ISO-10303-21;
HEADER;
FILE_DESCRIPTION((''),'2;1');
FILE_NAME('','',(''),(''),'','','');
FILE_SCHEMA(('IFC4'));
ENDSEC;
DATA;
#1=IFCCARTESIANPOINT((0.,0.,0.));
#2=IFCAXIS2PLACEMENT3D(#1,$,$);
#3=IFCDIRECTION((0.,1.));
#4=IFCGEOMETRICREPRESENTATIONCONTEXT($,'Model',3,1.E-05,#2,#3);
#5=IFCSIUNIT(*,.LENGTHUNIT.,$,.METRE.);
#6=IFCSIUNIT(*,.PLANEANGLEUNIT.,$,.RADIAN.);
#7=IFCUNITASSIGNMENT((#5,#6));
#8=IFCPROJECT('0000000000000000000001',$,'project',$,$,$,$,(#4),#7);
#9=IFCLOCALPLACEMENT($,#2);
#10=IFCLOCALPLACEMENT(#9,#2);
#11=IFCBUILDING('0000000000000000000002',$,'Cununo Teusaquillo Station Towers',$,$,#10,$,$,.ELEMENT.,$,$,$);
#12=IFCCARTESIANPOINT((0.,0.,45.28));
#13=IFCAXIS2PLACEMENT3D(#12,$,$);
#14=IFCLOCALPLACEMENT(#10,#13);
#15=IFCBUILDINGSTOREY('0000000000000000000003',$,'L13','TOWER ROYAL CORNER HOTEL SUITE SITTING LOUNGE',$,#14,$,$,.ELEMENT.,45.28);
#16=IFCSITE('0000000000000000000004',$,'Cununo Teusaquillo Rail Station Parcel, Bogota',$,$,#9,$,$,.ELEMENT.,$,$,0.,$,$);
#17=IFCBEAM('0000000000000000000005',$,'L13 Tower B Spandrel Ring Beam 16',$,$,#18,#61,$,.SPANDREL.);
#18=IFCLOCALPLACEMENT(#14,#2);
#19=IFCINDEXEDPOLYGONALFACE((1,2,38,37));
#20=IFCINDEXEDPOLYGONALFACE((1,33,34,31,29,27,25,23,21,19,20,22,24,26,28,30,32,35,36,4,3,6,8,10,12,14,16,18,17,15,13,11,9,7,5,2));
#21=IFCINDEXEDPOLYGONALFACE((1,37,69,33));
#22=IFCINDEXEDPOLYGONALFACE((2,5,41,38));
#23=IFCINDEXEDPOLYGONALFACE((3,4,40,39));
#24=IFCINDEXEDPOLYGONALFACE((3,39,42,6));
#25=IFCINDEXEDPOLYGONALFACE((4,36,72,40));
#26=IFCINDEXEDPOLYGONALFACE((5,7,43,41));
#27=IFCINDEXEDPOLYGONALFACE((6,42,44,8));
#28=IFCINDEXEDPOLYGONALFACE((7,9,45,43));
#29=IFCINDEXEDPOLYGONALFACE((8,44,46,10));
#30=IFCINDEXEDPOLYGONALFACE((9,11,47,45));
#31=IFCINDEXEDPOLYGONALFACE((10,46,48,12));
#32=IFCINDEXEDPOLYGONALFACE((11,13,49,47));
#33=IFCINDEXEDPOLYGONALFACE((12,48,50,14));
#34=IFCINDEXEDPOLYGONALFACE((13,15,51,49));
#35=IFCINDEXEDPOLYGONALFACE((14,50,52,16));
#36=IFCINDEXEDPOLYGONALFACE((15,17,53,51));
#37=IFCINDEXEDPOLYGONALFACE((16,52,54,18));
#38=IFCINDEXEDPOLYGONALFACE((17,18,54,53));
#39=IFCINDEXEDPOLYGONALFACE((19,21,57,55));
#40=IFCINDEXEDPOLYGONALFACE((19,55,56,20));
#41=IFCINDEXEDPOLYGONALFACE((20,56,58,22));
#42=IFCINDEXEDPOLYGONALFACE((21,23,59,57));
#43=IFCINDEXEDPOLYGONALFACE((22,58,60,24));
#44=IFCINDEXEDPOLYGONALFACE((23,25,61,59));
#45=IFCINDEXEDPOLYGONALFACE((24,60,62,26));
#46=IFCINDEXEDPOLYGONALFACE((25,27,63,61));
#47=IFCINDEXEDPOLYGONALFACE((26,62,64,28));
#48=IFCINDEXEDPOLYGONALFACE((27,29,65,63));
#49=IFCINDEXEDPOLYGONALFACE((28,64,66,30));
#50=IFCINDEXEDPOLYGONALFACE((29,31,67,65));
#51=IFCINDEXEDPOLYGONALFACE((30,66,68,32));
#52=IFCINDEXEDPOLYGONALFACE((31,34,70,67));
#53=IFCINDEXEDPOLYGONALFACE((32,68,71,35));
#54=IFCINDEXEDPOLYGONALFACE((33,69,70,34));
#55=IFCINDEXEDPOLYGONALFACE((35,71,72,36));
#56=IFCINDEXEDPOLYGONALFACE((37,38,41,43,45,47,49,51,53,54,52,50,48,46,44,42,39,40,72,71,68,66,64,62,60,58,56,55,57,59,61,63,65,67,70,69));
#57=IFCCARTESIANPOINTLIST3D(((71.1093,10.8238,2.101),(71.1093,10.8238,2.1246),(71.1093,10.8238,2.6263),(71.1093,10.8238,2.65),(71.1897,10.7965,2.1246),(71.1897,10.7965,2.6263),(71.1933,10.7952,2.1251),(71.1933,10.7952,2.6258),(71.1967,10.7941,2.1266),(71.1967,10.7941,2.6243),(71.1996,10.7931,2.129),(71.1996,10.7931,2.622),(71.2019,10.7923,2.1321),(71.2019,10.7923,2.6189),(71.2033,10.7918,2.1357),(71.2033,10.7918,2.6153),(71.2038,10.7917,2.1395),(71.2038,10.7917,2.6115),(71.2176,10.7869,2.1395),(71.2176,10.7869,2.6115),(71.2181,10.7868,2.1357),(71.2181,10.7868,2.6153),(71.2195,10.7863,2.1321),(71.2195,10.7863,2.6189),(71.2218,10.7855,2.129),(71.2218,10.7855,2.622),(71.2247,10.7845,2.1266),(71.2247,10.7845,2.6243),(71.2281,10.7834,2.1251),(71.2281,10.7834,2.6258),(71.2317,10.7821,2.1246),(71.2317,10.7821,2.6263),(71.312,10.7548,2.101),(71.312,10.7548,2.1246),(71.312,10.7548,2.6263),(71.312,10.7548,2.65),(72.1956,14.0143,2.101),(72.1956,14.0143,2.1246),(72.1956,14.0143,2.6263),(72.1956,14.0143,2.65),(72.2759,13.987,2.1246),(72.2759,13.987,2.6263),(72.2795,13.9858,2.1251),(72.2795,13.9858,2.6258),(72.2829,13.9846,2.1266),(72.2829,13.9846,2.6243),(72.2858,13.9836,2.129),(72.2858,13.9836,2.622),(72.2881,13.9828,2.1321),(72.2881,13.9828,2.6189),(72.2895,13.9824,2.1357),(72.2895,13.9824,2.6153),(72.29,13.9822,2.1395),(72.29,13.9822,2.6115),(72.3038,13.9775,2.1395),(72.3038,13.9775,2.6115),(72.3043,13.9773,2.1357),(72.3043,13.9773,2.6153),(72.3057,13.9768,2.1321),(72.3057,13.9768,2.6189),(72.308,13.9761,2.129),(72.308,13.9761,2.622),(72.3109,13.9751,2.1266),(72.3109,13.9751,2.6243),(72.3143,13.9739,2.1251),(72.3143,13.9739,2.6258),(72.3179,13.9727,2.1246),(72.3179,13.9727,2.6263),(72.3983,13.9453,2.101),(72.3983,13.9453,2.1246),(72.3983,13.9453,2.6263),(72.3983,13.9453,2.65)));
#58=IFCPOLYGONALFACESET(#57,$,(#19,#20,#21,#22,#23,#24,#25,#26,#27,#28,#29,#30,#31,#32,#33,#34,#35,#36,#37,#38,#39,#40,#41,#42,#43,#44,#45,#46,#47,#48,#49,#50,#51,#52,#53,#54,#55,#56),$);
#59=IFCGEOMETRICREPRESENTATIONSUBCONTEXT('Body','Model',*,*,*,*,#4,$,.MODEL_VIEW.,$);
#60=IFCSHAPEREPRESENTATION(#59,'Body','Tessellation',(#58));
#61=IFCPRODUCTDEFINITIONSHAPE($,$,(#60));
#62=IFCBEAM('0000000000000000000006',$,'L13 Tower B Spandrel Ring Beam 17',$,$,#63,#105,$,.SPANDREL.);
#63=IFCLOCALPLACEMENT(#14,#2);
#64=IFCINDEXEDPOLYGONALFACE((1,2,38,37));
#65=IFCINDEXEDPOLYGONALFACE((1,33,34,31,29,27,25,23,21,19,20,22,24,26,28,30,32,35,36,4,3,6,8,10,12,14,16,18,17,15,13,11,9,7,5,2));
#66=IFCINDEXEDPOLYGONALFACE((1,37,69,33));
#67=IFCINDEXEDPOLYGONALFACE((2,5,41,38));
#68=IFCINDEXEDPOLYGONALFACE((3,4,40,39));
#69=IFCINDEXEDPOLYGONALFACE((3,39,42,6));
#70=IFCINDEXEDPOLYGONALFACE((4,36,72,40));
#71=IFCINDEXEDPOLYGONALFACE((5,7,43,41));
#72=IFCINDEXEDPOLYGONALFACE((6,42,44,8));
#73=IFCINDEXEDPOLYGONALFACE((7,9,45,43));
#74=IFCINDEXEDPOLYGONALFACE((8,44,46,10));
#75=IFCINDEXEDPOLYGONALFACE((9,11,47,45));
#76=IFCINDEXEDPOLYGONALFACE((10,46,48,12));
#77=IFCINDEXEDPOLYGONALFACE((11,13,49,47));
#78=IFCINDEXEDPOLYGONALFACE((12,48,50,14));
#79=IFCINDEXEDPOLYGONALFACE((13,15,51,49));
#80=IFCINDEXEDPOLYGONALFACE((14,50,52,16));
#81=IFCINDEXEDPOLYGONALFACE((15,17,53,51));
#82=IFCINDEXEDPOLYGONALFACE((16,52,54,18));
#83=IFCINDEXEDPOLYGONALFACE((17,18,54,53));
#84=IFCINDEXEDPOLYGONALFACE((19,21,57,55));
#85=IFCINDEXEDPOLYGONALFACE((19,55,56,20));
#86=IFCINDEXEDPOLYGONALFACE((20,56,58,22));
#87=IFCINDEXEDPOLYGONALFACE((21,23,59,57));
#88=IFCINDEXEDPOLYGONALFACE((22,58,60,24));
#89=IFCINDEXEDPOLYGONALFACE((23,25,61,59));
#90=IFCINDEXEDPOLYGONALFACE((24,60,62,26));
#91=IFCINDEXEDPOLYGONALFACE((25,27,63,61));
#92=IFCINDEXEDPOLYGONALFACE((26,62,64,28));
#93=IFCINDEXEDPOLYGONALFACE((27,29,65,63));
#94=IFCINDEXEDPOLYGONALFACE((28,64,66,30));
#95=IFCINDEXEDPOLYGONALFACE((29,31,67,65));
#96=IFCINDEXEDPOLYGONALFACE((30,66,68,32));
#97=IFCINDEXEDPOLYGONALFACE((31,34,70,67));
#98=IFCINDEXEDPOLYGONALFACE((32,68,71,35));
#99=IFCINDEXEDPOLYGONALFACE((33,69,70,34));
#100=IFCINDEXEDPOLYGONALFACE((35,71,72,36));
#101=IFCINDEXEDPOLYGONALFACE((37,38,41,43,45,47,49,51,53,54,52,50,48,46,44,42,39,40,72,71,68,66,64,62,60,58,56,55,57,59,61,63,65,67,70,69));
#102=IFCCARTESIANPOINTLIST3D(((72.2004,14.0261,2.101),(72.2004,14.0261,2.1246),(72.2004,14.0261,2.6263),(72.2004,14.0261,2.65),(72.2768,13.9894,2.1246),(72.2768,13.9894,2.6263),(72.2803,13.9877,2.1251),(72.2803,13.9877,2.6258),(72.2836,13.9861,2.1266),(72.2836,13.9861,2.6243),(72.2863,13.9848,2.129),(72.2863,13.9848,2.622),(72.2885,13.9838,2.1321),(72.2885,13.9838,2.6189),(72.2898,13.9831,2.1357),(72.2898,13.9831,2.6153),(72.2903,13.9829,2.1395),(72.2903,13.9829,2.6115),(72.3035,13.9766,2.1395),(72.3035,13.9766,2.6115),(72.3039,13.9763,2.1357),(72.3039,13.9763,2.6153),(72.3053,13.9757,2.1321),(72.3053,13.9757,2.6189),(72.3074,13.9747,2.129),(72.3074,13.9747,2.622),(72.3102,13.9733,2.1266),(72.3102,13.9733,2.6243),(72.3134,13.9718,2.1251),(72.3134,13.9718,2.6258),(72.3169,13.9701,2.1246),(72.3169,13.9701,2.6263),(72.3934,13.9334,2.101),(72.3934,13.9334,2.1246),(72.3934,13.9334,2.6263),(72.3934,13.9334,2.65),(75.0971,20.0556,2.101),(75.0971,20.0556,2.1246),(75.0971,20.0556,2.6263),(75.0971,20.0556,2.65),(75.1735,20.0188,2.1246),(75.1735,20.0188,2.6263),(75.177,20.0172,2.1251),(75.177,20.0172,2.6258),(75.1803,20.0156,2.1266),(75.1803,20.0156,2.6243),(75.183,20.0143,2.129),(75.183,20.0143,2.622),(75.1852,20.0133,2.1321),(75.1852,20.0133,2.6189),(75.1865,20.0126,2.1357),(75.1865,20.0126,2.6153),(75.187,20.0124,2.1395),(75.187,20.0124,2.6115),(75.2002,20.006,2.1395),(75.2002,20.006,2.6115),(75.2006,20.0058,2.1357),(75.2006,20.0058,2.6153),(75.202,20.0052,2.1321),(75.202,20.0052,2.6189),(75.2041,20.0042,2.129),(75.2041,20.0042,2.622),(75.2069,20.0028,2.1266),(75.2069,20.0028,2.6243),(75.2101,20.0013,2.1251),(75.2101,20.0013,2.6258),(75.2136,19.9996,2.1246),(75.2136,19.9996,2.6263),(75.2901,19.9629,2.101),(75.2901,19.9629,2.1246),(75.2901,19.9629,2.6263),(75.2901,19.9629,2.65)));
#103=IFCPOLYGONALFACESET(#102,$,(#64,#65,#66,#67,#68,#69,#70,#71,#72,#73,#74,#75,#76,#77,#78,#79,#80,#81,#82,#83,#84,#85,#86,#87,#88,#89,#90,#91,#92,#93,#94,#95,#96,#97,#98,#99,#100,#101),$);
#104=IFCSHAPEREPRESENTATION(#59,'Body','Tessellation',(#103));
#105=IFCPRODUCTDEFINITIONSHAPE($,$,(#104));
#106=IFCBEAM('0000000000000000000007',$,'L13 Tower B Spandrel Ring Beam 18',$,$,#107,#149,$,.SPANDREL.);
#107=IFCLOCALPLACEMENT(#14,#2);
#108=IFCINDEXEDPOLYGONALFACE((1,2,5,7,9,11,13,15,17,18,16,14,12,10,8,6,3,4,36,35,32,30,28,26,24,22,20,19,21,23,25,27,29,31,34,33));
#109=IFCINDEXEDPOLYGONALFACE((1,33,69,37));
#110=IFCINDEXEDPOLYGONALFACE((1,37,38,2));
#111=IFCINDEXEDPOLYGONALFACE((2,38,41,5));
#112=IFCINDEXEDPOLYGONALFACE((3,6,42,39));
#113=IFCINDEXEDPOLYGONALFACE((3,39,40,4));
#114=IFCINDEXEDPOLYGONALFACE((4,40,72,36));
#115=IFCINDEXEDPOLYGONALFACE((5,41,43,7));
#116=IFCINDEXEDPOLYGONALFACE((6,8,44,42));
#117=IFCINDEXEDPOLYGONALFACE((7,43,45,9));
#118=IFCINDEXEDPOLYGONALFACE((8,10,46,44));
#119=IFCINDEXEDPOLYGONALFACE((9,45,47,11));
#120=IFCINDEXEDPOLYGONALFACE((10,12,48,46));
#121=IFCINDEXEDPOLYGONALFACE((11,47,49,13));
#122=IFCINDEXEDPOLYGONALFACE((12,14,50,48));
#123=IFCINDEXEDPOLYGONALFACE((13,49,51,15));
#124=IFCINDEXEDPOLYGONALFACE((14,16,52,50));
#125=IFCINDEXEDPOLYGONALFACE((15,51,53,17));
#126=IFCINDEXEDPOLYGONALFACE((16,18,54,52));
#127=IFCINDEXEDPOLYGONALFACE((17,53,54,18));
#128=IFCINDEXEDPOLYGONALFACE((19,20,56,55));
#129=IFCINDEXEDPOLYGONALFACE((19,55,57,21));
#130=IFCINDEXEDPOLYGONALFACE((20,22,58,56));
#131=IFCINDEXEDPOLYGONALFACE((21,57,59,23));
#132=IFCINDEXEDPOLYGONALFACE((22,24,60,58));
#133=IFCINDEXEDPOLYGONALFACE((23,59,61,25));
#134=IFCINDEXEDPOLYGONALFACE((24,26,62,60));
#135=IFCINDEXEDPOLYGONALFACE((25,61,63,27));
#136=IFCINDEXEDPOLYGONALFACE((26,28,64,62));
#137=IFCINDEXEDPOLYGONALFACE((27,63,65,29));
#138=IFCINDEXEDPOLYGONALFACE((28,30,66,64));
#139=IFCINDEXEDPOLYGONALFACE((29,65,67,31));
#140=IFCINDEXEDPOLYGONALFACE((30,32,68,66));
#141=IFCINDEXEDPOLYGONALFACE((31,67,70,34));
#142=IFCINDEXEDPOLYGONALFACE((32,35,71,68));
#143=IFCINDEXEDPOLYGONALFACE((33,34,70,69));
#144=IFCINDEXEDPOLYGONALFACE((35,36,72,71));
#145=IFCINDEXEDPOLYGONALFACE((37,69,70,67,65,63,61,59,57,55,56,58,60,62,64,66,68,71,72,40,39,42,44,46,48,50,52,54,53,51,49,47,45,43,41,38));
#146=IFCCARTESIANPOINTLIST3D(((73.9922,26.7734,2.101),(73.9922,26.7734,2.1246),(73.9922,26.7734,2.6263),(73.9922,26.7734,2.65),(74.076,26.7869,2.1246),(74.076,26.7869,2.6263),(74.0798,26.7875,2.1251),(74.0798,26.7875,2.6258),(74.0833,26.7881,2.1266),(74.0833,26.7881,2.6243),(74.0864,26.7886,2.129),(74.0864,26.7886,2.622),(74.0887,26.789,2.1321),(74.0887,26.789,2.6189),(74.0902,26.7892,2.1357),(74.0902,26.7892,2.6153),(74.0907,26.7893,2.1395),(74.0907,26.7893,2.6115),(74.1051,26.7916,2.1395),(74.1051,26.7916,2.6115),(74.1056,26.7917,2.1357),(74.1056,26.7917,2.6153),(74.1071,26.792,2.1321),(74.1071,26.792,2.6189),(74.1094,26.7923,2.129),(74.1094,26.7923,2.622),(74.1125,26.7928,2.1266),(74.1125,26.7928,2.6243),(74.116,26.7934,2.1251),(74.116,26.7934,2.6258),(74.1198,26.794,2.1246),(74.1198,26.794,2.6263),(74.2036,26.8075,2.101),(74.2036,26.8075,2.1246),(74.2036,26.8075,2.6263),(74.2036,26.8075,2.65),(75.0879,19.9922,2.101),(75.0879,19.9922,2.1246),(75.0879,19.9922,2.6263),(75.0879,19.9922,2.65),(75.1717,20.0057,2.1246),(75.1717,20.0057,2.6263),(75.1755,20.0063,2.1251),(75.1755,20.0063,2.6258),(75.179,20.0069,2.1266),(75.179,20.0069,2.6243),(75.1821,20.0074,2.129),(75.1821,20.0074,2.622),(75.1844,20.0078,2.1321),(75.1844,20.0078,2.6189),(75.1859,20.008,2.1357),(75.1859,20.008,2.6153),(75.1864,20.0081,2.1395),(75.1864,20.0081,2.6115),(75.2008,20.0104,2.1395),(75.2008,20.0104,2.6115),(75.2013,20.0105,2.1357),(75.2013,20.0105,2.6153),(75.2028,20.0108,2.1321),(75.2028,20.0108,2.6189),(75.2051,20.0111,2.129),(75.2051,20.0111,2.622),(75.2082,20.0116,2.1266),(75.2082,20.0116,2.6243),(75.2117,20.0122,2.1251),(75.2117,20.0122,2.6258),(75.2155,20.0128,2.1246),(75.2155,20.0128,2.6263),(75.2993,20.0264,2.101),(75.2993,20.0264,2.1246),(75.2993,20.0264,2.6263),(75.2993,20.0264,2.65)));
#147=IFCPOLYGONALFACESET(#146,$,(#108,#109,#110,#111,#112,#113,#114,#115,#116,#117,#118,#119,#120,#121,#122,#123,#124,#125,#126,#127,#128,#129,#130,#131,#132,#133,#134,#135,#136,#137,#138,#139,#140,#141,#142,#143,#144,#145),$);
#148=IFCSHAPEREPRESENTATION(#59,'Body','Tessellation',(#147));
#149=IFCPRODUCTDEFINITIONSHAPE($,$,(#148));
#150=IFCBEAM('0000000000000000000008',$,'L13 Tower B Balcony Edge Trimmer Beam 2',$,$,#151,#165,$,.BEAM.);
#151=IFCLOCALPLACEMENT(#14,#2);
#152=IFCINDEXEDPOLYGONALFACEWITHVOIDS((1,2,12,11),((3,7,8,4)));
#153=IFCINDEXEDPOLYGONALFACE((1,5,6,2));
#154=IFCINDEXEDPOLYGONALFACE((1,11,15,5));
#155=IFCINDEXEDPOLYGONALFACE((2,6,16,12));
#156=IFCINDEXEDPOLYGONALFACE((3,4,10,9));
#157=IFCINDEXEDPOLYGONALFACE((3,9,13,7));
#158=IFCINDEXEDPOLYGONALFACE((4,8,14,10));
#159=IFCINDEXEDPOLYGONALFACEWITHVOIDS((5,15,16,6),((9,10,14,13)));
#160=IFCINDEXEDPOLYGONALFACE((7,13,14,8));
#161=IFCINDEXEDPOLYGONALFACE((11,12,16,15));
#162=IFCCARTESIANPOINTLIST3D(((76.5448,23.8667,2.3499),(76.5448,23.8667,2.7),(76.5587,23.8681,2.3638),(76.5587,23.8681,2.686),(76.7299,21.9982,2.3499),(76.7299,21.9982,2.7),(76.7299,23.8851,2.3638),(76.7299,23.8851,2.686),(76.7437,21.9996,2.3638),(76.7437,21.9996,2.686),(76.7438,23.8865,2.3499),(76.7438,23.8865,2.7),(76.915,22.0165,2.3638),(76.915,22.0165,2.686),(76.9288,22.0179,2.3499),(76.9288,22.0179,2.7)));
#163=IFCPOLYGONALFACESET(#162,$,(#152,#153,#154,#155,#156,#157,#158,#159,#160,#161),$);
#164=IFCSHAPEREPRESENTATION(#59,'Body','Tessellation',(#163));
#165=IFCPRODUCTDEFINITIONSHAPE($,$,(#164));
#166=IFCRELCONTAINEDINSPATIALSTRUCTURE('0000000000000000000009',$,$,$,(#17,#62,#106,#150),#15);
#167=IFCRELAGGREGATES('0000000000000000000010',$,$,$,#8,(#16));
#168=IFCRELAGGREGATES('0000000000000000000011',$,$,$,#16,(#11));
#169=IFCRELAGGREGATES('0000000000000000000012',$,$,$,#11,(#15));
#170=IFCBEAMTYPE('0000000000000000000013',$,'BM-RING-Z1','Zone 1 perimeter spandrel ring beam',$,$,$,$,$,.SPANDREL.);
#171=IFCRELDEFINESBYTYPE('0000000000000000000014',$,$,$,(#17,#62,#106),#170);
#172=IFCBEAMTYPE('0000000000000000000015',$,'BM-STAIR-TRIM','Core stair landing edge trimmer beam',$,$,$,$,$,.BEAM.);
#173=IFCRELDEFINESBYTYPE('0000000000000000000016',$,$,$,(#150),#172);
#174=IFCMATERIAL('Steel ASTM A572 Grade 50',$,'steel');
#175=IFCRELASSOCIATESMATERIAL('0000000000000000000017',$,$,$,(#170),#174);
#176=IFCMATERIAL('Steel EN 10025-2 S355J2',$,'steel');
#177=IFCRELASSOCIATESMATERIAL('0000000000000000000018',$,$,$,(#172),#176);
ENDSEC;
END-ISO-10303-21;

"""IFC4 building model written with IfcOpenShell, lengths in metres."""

from ifc_helpers import new_model, si_unit, direction, frame, origin, origin_2d, place, context, subcontext, project, spatial, hollow_rectangle, i_section, extrude, material, material_profile, profile_set, type_object, element, save


model = new_model("IFC4")

# Units and contexts
model_context = context("Model", 3, precision=1e-05, world=origin(), true_north=direction((0.0, 1.0)))
body_context = subcontext(model_context, "Body", "Model", "MODEL_VIEW")
ifc_project = project(units=[si_unit("LENGTHUNIT", "METRE"), si_unit("PLANEANGLEUNIT", "RADIAN")], contexts=[model_context])

# Site, building, storey
site_placement = place(None, origin())
site = spatial("IfcSite", under=ifc_project, at=site_placement, Name="Cununo Teusaquillo Rail Station Parcel, Bogota", CompositionType="ELEMENT", RefElevation=0.0)
building_placement = place(site_placement, origin())
building = spatial("IfcBuilding", under=site, at=building_placement, Name="Cununo Teusaquillo Station Towers", CompositionType="ELEMENT")
storey_placement = place(building_placement, frame((0.0, 0.0, 45.28)))
storey = spatial("IfcBuildingStorey", under=building, at=storey_placement, Name="L13", Description="TOWER ROYAL CORNER HOTEL SUITE SITTING LOUNGE", CompositionType="ELEMENT", Elevation=45.28)

# Beams
ifc_material_1 = material(Name="Steel ASTM A572 Grade 50", Category="steel")
ifc_material_profile_1 = material_profile(ifc_material_1, i_section(OverallWidth=0.2141, OverallDepth=0.5491, WebThickness=0.0146, FlangeThickness=0.0237, FilletRadius=0.0149, at=origin_2d()), Name="W21X93")
ifc_profile_set_1 = profile_set([ifc_material_profile_1], Name="Steel ASTM A572 Grade 50")
beam_type_1 = type_object("IfcBeamType", Name="BM-RING-Z1", Description="Zone 1 perimeter spandrel ring beam", PredefinedType="SPANDREL", material=ifc_profile_set_1)
for number, where, z_axis, x_axis, name in (
    (1, (71.2107, 10.7893, 2.3755), (0.322285, 0.946643, 0.0), (-0.946643, 0.322285, 0.0), "L13 Tower B Spandrel Ring Beam 16"),
):
    element("IfcBeam", number, at=place(storey_placement, frame(where, z_axis=z_axis, x_axis=x_axis)), inside=storey, type_object=beam_type_1, Name=name, PredefinedType="SPANDREL", context=body_context, shape_type="SweptSolid", body=[
        extrude(i_section(OverallWidth=0.2141, OverallDepth=0.5491, WebThickness=0.0146, FlangeThickness=0.0237, FilletRadius=0.0149, at=origin_2d()), origin(), (0.0, 0.0, 1.0), 3.3704),
    ])
beam_1_placement = place(storey_placement, frame((72.2969, 13.9797, 2.3755), z_axis=(0.433041, 0.901374, 0.0), x_axis=(-0.901374, 0.433041, 0.0)))
element("IfcBeam", 2, at=beam_1_placement, inside=storey, type_object=beam_type_1, Name="L13 Tower B Spandrel Ring Beam 17", PredefinedType="SPANDREL", context=body_context, shape_type="SweptSolid", body=[
    extrude(i_section(OverallWidth=0.2141, OverallDepth=0.5491, WebThickness=0.0146, FlangeThickness=0.0237, FilletRadius=0.0149, at=origin_2d()), origin(), (0.0, 0.0, 1.0), 6.6892),
])
beam_2_placement = place(storey_placement, frame((75.1936, 20.0093, 2.3755), z_axis=(-0.15951, 0.987196, 0.0), x_axis=(-0.987196, -0.15951, 0.0)))
element("IfcBeam", 3, at=beam_2_placement, inside=storey, type_object=beam_type_1, Name="L13 Tower B Spandrel Ring Beam 18", PredefinedType="SPANDREL", context=body_context, shape_type="SweptSolid", body=[
    extrude(i_section(OverallWidth=0.2141, OverallDepth=0.5491, WebThickness=0.0146, FlangeThickness=0.0237, FilletRadius=0.0149, at=origin_2d()), origin(), (0.0, 0.0, 1.0), 6.8691),
])
ifc_material_2 = material(Name="Steel EN 10025-2 S355J2", Category="steel")
ifc_material_profile_2 = material_profile(ifc_material_2, hollow_rectangle(XDim=0.2, YDim=0.3501, WallThickness=0.0139, at=origin_2d()), Name="RHS 350x200x14")
ifc_profile_set_2 = profile_set([ifc_material_profile_2], Name="Steel EN 10025-2 S355J2")
beam_type_2 = type_object("IfcBeamType", Name="BM-STAIR-TRIM", Description="Core stair landing edge trimmer beam", PredefinedType="BEAM", material=ifc_profile_set_2)
beam_3_placement = place(storey_placement, frame((76.8293, 22.0081, 2.5249), z_axis=(-0.098551, 0.995132, 0.0), x_axis=(-0.995132, -0.098551, 0.0)))
element("IfcBeam", 4, at=beam_3_placement, inside=storey, type_object=beam_type_2, Name="L13 Tower B Balcony Edge Trimmer Beam 2", PredefinedType="BEAM", context=body_context, shape_type="SweptSolid", body=[
    extrude(hollow_rectangle(XDim=0.2, YDim=0.3501, WallThickness=0.0139, at=origin_2d()), origin(), (0.0, 0.0, 1.0), 1.8777),
])

save(model, "model.ifc")
